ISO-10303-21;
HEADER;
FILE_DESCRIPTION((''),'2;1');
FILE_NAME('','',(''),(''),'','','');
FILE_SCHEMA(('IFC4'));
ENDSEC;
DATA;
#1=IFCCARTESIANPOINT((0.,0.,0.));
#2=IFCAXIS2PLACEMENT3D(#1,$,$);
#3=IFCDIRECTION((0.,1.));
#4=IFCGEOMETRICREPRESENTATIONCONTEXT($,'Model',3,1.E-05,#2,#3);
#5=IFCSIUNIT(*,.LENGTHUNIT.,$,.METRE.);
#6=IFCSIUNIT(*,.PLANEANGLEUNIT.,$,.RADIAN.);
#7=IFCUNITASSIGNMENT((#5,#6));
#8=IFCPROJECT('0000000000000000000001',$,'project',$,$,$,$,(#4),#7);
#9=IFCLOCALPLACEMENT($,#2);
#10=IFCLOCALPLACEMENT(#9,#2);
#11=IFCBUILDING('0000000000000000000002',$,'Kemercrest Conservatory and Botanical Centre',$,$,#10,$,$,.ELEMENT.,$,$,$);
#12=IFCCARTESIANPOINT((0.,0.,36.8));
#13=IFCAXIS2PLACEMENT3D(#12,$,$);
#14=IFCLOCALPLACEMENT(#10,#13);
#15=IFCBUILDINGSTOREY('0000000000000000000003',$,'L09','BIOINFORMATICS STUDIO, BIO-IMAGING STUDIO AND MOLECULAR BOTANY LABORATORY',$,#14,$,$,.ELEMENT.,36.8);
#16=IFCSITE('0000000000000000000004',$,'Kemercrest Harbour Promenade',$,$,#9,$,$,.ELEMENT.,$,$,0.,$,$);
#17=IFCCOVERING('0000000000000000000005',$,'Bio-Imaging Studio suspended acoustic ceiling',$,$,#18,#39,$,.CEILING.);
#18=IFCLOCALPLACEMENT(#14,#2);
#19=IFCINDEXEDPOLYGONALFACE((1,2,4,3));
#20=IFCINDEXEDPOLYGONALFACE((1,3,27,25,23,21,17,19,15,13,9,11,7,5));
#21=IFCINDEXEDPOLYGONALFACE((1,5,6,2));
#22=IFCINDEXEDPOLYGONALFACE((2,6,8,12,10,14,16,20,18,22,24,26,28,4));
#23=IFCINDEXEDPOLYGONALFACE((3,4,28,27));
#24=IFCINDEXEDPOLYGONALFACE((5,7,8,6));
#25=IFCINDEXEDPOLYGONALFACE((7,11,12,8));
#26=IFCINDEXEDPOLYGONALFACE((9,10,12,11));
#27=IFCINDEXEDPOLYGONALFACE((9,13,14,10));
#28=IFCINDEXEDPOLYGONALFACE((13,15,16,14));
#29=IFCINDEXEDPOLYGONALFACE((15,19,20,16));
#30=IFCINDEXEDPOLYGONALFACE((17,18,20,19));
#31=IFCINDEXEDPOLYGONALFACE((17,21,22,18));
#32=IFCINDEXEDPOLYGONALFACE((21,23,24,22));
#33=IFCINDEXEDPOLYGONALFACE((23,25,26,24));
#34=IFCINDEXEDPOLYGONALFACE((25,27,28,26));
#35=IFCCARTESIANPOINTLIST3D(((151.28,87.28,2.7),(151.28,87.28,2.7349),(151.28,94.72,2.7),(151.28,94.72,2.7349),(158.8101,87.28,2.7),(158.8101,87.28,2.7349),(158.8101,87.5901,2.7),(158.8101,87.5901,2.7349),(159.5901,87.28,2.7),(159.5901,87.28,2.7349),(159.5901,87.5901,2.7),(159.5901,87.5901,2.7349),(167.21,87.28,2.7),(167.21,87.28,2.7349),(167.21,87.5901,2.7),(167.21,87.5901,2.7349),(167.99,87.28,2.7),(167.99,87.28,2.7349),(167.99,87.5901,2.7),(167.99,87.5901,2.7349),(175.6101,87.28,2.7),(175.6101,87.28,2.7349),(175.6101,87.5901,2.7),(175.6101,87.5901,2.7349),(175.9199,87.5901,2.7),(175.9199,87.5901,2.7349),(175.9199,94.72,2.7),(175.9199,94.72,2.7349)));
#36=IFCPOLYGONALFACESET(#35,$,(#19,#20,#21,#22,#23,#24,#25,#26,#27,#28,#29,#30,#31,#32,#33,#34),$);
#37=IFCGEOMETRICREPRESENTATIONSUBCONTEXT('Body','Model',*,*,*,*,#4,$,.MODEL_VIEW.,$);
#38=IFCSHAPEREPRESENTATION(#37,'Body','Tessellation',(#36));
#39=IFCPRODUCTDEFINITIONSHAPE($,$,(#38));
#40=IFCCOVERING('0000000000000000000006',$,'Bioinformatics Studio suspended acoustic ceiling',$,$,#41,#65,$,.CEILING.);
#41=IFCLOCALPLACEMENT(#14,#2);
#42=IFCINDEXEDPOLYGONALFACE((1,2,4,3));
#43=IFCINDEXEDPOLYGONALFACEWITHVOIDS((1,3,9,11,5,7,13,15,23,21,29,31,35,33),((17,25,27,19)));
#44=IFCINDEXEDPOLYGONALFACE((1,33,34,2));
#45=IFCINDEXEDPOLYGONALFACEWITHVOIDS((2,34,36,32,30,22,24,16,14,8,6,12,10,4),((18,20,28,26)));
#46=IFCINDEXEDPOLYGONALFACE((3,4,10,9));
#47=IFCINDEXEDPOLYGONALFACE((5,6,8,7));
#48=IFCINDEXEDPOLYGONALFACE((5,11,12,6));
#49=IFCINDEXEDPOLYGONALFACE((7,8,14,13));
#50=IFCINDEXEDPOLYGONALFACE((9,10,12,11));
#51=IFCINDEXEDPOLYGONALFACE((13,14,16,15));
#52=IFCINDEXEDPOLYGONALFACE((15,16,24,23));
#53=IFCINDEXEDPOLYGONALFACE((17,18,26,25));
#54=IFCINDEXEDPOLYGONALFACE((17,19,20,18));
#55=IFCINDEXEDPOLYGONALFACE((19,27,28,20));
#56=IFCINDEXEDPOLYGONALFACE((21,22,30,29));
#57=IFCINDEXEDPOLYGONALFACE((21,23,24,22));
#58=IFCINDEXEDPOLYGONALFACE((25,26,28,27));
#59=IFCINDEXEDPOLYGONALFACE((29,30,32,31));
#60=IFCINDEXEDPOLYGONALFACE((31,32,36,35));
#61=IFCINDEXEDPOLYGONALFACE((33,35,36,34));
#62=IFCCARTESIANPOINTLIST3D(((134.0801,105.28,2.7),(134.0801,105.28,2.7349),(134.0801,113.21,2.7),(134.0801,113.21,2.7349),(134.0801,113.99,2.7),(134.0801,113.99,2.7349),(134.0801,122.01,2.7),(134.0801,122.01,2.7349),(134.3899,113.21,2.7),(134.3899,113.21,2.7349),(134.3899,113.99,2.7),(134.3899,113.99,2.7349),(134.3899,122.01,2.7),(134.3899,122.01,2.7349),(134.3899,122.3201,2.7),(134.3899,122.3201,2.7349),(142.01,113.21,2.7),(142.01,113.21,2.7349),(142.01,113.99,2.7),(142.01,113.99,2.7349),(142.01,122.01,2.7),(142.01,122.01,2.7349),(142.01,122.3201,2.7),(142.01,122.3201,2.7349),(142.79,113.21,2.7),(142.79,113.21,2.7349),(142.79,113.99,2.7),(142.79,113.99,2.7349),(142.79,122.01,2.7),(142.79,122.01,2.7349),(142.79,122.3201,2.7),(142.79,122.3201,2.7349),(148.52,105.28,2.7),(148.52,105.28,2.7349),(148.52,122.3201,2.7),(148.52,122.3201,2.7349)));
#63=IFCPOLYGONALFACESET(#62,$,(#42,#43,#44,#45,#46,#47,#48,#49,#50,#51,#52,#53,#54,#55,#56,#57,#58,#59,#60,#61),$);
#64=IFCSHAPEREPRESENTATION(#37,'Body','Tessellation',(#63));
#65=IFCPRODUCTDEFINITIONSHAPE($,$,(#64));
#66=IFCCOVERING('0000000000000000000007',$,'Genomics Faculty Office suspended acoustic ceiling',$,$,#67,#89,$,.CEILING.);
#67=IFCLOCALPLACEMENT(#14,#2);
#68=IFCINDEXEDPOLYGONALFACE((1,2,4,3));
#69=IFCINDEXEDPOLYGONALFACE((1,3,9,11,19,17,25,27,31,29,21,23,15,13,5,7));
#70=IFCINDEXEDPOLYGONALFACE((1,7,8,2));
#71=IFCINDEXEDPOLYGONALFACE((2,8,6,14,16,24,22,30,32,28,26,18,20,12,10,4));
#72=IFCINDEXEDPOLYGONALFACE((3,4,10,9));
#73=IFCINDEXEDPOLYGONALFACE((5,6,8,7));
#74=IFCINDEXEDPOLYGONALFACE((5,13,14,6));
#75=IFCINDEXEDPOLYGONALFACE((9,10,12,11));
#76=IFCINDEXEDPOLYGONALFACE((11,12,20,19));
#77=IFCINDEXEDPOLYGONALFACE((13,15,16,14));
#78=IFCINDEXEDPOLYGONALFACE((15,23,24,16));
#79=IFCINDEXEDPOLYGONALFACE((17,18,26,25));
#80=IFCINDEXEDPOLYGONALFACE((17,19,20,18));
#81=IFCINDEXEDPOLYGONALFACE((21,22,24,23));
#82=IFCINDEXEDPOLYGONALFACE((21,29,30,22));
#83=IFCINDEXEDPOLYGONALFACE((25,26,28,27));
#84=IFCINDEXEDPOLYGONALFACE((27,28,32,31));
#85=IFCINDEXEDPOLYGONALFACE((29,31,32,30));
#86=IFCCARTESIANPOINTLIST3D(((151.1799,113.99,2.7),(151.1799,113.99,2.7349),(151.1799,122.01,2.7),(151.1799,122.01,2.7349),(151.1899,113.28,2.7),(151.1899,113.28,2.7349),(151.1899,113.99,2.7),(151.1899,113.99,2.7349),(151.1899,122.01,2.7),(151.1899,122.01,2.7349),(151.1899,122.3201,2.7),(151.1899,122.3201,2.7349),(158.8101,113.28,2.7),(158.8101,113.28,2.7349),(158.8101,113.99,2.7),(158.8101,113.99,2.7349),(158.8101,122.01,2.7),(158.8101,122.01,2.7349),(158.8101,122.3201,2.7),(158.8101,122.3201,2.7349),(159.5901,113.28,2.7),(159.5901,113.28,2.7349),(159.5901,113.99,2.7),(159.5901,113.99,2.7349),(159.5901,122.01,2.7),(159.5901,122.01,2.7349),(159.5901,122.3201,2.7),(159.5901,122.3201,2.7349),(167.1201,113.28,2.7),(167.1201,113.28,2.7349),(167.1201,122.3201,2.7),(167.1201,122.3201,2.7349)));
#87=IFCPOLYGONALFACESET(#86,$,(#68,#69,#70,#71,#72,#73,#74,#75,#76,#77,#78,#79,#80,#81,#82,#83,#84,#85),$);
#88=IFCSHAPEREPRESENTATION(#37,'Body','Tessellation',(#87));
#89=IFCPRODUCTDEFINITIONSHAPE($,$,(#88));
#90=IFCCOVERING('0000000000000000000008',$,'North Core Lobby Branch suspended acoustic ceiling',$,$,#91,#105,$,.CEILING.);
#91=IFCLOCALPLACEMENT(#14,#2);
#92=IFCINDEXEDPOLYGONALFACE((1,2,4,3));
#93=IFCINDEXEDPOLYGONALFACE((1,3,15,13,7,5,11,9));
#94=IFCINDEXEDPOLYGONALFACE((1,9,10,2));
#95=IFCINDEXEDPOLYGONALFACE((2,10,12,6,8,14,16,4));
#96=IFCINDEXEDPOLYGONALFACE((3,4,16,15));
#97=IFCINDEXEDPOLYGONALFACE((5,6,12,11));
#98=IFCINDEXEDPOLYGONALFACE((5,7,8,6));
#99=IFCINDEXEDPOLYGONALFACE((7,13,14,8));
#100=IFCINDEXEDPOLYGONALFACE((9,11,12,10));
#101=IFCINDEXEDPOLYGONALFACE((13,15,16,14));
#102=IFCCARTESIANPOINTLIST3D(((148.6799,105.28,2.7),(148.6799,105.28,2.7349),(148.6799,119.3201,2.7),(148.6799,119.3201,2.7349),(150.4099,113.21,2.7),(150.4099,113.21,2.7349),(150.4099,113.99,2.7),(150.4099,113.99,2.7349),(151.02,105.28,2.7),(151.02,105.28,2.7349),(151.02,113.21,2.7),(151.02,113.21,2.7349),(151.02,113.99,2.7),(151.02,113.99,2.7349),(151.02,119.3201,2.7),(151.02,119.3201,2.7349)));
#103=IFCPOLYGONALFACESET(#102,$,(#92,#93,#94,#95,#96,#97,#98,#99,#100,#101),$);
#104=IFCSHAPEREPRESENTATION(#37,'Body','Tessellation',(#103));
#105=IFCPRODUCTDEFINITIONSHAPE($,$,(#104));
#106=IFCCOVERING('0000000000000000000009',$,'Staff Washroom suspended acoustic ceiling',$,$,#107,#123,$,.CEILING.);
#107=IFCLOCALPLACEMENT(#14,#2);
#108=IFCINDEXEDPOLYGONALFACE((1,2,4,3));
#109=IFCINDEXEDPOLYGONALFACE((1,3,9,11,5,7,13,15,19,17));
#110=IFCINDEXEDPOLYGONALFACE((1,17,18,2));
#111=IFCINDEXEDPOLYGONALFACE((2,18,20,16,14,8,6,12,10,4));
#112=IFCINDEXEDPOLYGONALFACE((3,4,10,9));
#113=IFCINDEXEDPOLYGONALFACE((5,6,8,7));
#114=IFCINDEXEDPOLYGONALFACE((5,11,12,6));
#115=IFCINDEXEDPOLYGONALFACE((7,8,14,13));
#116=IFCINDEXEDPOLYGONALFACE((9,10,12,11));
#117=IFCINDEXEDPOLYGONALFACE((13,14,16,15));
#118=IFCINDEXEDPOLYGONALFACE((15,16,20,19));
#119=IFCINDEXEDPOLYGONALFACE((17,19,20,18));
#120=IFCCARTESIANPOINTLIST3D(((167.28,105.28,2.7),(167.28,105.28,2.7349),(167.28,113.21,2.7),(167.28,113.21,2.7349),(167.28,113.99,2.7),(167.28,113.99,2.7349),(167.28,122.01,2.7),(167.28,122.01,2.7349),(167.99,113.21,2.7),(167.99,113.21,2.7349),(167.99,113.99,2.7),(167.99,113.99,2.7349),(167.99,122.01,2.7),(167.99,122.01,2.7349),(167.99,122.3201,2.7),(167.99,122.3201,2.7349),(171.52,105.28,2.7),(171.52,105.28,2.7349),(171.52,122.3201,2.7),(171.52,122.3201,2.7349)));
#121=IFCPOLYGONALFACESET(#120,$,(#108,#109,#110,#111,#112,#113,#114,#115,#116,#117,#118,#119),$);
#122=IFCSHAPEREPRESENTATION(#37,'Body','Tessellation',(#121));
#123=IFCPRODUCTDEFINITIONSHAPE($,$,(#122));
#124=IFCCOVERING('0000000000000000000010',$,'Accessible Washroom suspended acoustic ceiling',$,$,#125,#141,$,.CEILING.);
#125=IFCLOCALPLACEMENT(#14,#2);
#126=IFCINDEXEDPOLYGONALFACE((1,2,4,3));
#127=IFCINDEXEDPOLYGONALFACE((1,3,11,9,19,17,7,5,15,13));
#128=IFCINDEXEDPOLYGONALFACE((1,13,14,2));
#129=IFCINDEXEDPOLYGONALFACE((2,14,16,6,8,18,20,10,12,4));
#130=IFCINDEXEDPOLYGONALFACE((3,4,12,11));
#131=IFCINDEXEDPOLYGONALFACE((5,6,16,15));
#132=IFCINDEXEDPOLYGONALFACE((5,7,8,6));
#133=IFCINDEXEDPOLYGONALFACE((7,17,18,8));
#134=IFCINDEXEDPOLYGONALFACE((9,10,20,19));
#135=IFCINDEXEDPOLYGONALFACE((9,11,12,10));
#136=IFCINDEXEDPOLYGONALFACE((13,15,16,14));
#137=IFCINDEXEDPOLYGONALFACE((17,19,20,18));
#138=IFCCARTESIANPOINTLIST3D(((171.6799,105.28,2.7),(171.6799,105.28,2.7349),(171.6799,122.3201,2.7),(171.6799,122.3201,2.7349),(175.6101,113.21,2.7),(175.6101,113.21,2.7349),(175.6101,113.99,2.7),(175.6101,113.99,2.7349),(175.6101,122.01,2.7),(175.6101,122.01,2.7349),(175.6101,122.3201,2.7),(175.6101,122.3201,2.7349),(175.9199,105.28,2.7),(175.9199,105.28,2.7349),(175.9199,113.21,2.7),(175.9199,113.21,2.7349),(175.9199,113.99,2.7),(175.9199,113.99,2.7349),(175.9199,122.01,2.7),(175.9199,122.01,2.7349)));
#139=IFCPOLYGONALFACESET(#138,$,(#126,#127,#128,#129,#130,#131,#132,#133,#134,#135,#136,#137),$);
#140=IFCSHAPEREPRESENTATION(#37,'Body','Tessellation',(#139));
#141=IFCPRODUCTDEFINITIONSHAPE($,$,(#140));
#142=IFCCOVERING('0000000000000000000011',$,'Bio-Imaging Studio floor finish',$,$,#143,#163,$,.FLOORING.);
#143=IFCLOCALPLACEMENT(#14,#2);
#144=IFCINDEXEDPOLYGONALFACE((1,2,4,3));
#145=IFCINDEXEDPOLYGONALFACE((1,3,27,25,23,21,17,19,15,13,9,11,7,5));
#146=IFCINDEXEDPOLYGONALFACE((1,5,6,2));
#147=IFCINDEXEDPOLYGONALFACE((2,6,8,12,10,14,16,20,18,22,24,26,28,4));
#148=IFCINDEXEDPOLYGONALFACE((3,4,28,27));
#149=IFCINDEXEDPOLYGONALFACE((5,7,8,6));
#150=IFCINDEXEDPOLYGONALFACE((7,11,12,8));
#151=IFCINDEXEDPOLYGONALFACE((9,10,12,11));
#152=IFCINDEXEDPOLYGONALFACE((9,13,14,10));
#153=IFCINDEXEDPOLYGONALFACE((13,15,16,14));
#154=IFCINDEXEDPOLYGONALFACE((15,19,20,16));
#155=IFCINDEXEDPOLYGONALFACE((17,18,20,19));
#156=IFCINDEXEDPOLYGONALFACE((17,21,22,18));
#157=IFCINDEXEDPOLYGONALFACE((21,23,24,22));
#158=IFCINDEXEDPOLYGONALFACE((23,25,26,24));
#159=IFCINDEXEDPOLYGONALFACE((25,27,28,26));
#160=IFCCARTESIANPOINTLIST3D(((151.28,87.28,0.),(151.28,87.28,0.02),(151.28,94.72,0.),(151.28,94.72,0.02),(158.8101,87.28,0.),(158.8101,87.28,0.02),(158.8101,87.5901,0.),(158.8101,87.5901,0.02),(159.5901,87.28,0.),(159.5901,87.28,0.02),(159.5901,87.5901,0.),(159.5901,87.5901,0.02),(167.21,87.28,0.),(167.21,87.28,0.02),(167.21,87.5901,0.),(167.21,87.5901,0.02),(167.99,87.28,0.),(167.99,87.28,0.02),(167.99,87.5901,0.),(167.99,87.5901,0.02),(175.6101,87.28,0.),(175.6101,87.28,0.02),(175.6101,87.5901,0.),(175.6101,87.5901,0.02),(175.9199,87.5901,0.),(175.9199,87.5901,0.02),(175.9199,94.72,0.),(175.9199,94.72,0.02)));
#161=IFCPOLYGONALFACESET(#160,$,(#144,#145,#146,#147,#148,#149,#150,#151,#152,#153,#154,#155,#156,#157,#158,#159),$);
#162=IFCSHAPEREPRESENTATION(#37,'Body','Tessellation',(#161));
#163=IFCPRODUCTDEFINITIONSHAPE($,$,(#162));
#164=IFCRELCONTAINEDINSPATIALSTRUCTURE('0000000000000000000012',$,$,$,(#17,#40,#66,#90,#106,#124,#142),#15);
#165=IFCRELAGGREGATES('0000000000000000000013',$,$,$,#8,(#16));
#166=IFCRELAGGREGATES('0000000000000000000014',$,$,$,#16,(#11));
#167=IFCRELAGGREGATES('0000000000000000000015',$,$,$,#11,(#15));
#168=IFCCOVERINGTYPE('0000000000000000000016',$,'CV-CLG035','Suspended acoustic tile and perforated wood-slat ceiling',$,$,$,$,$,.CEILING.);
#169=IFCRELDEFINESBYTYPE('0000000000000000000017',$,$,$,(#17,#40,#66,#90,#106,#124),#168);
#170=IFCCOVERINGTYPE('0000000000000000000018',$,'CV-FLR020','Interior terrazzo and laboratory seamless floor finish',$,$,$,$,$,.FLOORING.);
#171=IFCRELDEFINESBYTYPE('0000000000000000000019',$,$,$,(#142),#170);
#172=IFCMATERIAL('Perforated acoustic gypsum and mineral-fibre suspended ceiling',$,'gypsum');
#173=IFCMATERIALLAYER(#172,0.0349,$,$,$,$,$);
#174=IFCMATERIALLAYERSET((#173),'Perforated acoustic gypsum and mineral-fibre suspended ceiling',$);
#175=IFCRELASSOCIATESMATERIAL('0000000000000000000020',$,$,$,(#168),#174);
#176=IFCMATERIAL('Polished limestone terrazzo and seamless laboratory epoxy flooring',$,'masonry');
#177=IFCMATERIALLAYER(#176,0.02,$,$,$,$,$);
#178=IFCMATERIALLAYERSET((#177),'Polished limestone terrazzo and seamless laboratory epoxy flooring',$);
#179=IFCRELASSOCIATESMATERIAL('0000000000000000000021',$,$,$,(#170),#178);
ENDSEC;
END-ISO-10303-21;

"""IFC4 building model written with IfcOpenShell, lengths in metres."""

from ifc_helpers import new_model, si_unit, direction, frame, origin, place, context, subcontext, project, spatial, polyline, outline, extrude, material, layer, layer_set, type_object, element, save


model = new_model("IFC4")

# Units and contexts
model_context = context("Model", 3, precision=1e-05, world=origin(), true_north=direction((0.0, 1.0)))
body_context = subcontext(model_context, "Body", "Model", "MODEL_VIEW")
ifc_project = project(units=[si_unit("LENGTHUNIT", "METRE"), si_unit("PLANEANGLEUNIT", "RADIAN")], contexts=[model_context])

# Site, building, storey
site_placement = place(None, origin())
site = spatial("IfcSite", under=ifc_project, at=site_placement, Name="Kemercrest Harbour Promenade", CompositionType="ELEMENT", RefElevation=0.0)
building_placement = place(site_placement, origin())
building = spatial("IfcBuilding", under=site, at=building_placement, Name="Kemercrest Conservatory and Botanical Centre", CompositionType="ELEMENT")
storey_placement = place(building_placement, frame((0.0, 0.0, 36.8)))
storey = spatial("IfcBuildingStorey", under=building, at=storey_placement, Name="L09", Description="BIOINFORMATICS STUDIO, BIO-IMAGING STUDIO AND MOLECULAR BOTANY LABORATORY", CompositionType="ELEMENT", Elevation=36.8)

# Coverings
ifc_material_1 = material(Name="Perforated acoustic gypsum and mineral-fibre suspended ceiling", Category="gypsum")
ifc_layer_1 = layer(ifc_material_1, 0.0349)
ifc_layer_set_1 = layer_set([ifc_layer_1], Name="Perforated acoustic gypsum and mineral-fibre suspended ceiling")
covering_type_1 = type_object("IfcCoveringType", Name="CV-CLG035", Description="Suspended acoustic tile and perforated wood-slat ceiling", PredefinedType="CEILING", material=ifc_layer_set_1)
covering_1_placement = place(storey_placement, frame((0.0, 0.0, 2.7)))
element("IfcCovering", 1, at=covering_1_placement, inside=storey, type_object=covering_type_1, Name="Bio-Imaging Studio suspended acoustic ceiling", PredefinedType="CEILING", context=body_context, shape_type="SweptSolid", body=[
    extrude(outline(polyline([(167.99, 87.28), (175.6101, 87.28), (175.6101, 87.5901), (175.9199, 87.5901), (175.9199, 94.72), (151.28, 94.72), (151.28, 87.28), (158.8101, 87.28), (158.8101, 87.5901), (159.5901, 87.5901), (159.5901, 87.28), (167.21, 87.28), (167.21, 87.5901), (167.99, 87.5901), (167.99, 87.28)])), origin(), (0.0, 0.0, 1.0), 0.0349),
])
covering_2_placement = place(storey_placement, frame((0.0, 0.0, 2.7)))
element("IfcCovering", 2, at=covering_2_placement, inside=storey, type_object=covering_type_1, Name="Bioinformatics Studio suspended acoustic ceiling", PredefinedType="CEILING", context=body_context, shape_type="SweptSolid", body=[
    extrude(outline(polyline([(134.3899, 113.21), (134.0801, 113.21), (134.0801, 105.28), (148.52, 105.28), (148.52, 122.3201), (142.79, 122.3201), (142.79, 122.01), (142.01, 122.01), (142.01, 122.3201), (134.3899, 122.3201), (134.3899, 122.01), (134.0801, 122.01), (134.0801, 113.99), (134.3899, 113.99), (134.3899, 113.21)]), holes=[polyline([(142.01, 113.99), (142.79, 113.99), (142.79, 113.21), (142.01, 113.21), (142.01, 113.99)])]), origin(), (0.0, 0.0, 1.0), 0.0349),
])
covering_3_placement = place(storey_placement, frame((0.0, 0.0, 2.7)))
element("IfcCovering", 3, at=covering_3_placement, inside=storey, type_object=covering_type_1, Name="Genomics Faculty Office suspended acoustic ceiling", PredefinedType="CEILING", context=body_context, shape_type="SweptSolid", body=[
    extrude(outline(polyline([(159.5901, 113.28), (167.1201, 113.28), (167.1201, 122.3201), (159.5901, 122.3201), (159.5901, 122.01), (158.8101, 122.01), (158.8101, 122.3201), (151.1899, 122.3201), (151.1899, 122.01), (151.1799, 122.01), (151.1799, 113.99), (151.1899, 113.99), (151.1899, 113.28), (158.8101, 113.28), (158.8101, 113.99), (159.5901, 113.99), (159.5901, 113.28)])), origin(), (0.0, 0.0, 1.0), 0.0349),
])
covering_4_placement = place(storey_placement, frame((0.0, 0.0, 2.7)))
element("IfcCovering", 4, at=covering_4_placement, inside=storey, type_object=covering_type_1, Name="North Core Lobby Branch suspended acoustic ceiling", PredefinedType="CEILING", context=body_context, shape_type="SweptSolid", body=[
    extrude(outline(polyline([(148.6799, 105.28), (151.02, 105.28), (151.02, 113.21), (150.4099, 113.21), (150.4099, 113.99), (151.02, 113.99), (151.02, 119.3201), (148.6799, 119.3201), (148.6799, 105.28)])), origin(), (0.0, 0.0, 1.0), 0.0349),
])
covering_5_placement = place(storey_placement, frame((0.0, 0.0, 2.7)))
element("IfcCovering", 5, at=covering_5_placement, inside=storey, type_object=covering_type_1, Name="Staff Washroom suspended acoustic ceiling", PredefinedType="CEILING", context=body_context, shape_type="SweptSolid", body=[
    extrude(outline(polyline([(167.28, 105.28), (171.52, 105.28), (171.52, 122.3201), (167.99, 122.3201), (167.99, 122.01), (167.28, 122.01), (167.28, 113.99), (167.99, 113.99), (167.99, 113.21), (167.28, 113.21), (167.28, 105.28)])), origin(), (0.0, 0.0, 1.0), 0.0349),
])
covering_6_placement = place(storey_placement, frame((0.0, 0.0, 2.7)))
element("IfcCovering", 6, at=covering_6_placement, inside=storey, type_object=covering_type_1, Name="Accessible Washroom suspended acoustic ceiling", PredefinedType="CEILING", context=body_context, shape_type="SweptSolid", body=[
    extrude(outline(polyline([(171.6799, 105.28), (175.9199, 105.28), (175.9199, 113.21), (175.6101, 113.21), (175.6101, 113.99), (175.9199, 113.99), (175.9199, 122.01), (175.6101, 122.01), (175.6101, 122.3201), (171.6799, 122.3201), (171.6799, 105.28)])), origin(), (0.0, 0.0, 1.0), 0.0349),
])
ifc_material_2 = material(Name="Polished limestone terrazzo and seamless laboratory epoxy flooring", Category="masonry")
ifc_layer_2 = layer(ifc_material_2, 0.02)
ifc_layer_set_2 = layer_set([ifc_layer_2], Name="Polished limestone terrazzo and seamless laboratory epoxy flooring")
covering_type_2 = type_object("IfcCoveringType", Name="CV-FLR020", Description="Interior terrazzo and laboratory seamless floor finish", PredefinedType="FLOORING", material=ifc_layer_set_2)
covering_7_placement = place(storey_placement, origin())
element("IfcCovering", 7, at=covering_7_placement, inside=storey, type_object=covering_type_2, Name="Bio-Imaging Studio floor finish", PredefinedType="FLOORING", context=body_context, shape_type="SweptSolid", body=[
    extrude(outline(polyline([(167.99, 87.28), (175.6101, 87.28), (175.6101, 87.5901), (175.9199, 87.5901), (175.9199, 94.72), (151.28, 94.72), (151.28, 87.28), (158.8101, 87.28), (158.8101, 87.5901), (159.5901, 87.5901), (159.5901, 87.28), (167.21, 87.28), (167.21, 87.5901), (167.99, 87.5901), (167.99, 87.28)])), origin(), (0.0, 0.0, 1.0), 0.02),
])

save(model, "model.ifc")
